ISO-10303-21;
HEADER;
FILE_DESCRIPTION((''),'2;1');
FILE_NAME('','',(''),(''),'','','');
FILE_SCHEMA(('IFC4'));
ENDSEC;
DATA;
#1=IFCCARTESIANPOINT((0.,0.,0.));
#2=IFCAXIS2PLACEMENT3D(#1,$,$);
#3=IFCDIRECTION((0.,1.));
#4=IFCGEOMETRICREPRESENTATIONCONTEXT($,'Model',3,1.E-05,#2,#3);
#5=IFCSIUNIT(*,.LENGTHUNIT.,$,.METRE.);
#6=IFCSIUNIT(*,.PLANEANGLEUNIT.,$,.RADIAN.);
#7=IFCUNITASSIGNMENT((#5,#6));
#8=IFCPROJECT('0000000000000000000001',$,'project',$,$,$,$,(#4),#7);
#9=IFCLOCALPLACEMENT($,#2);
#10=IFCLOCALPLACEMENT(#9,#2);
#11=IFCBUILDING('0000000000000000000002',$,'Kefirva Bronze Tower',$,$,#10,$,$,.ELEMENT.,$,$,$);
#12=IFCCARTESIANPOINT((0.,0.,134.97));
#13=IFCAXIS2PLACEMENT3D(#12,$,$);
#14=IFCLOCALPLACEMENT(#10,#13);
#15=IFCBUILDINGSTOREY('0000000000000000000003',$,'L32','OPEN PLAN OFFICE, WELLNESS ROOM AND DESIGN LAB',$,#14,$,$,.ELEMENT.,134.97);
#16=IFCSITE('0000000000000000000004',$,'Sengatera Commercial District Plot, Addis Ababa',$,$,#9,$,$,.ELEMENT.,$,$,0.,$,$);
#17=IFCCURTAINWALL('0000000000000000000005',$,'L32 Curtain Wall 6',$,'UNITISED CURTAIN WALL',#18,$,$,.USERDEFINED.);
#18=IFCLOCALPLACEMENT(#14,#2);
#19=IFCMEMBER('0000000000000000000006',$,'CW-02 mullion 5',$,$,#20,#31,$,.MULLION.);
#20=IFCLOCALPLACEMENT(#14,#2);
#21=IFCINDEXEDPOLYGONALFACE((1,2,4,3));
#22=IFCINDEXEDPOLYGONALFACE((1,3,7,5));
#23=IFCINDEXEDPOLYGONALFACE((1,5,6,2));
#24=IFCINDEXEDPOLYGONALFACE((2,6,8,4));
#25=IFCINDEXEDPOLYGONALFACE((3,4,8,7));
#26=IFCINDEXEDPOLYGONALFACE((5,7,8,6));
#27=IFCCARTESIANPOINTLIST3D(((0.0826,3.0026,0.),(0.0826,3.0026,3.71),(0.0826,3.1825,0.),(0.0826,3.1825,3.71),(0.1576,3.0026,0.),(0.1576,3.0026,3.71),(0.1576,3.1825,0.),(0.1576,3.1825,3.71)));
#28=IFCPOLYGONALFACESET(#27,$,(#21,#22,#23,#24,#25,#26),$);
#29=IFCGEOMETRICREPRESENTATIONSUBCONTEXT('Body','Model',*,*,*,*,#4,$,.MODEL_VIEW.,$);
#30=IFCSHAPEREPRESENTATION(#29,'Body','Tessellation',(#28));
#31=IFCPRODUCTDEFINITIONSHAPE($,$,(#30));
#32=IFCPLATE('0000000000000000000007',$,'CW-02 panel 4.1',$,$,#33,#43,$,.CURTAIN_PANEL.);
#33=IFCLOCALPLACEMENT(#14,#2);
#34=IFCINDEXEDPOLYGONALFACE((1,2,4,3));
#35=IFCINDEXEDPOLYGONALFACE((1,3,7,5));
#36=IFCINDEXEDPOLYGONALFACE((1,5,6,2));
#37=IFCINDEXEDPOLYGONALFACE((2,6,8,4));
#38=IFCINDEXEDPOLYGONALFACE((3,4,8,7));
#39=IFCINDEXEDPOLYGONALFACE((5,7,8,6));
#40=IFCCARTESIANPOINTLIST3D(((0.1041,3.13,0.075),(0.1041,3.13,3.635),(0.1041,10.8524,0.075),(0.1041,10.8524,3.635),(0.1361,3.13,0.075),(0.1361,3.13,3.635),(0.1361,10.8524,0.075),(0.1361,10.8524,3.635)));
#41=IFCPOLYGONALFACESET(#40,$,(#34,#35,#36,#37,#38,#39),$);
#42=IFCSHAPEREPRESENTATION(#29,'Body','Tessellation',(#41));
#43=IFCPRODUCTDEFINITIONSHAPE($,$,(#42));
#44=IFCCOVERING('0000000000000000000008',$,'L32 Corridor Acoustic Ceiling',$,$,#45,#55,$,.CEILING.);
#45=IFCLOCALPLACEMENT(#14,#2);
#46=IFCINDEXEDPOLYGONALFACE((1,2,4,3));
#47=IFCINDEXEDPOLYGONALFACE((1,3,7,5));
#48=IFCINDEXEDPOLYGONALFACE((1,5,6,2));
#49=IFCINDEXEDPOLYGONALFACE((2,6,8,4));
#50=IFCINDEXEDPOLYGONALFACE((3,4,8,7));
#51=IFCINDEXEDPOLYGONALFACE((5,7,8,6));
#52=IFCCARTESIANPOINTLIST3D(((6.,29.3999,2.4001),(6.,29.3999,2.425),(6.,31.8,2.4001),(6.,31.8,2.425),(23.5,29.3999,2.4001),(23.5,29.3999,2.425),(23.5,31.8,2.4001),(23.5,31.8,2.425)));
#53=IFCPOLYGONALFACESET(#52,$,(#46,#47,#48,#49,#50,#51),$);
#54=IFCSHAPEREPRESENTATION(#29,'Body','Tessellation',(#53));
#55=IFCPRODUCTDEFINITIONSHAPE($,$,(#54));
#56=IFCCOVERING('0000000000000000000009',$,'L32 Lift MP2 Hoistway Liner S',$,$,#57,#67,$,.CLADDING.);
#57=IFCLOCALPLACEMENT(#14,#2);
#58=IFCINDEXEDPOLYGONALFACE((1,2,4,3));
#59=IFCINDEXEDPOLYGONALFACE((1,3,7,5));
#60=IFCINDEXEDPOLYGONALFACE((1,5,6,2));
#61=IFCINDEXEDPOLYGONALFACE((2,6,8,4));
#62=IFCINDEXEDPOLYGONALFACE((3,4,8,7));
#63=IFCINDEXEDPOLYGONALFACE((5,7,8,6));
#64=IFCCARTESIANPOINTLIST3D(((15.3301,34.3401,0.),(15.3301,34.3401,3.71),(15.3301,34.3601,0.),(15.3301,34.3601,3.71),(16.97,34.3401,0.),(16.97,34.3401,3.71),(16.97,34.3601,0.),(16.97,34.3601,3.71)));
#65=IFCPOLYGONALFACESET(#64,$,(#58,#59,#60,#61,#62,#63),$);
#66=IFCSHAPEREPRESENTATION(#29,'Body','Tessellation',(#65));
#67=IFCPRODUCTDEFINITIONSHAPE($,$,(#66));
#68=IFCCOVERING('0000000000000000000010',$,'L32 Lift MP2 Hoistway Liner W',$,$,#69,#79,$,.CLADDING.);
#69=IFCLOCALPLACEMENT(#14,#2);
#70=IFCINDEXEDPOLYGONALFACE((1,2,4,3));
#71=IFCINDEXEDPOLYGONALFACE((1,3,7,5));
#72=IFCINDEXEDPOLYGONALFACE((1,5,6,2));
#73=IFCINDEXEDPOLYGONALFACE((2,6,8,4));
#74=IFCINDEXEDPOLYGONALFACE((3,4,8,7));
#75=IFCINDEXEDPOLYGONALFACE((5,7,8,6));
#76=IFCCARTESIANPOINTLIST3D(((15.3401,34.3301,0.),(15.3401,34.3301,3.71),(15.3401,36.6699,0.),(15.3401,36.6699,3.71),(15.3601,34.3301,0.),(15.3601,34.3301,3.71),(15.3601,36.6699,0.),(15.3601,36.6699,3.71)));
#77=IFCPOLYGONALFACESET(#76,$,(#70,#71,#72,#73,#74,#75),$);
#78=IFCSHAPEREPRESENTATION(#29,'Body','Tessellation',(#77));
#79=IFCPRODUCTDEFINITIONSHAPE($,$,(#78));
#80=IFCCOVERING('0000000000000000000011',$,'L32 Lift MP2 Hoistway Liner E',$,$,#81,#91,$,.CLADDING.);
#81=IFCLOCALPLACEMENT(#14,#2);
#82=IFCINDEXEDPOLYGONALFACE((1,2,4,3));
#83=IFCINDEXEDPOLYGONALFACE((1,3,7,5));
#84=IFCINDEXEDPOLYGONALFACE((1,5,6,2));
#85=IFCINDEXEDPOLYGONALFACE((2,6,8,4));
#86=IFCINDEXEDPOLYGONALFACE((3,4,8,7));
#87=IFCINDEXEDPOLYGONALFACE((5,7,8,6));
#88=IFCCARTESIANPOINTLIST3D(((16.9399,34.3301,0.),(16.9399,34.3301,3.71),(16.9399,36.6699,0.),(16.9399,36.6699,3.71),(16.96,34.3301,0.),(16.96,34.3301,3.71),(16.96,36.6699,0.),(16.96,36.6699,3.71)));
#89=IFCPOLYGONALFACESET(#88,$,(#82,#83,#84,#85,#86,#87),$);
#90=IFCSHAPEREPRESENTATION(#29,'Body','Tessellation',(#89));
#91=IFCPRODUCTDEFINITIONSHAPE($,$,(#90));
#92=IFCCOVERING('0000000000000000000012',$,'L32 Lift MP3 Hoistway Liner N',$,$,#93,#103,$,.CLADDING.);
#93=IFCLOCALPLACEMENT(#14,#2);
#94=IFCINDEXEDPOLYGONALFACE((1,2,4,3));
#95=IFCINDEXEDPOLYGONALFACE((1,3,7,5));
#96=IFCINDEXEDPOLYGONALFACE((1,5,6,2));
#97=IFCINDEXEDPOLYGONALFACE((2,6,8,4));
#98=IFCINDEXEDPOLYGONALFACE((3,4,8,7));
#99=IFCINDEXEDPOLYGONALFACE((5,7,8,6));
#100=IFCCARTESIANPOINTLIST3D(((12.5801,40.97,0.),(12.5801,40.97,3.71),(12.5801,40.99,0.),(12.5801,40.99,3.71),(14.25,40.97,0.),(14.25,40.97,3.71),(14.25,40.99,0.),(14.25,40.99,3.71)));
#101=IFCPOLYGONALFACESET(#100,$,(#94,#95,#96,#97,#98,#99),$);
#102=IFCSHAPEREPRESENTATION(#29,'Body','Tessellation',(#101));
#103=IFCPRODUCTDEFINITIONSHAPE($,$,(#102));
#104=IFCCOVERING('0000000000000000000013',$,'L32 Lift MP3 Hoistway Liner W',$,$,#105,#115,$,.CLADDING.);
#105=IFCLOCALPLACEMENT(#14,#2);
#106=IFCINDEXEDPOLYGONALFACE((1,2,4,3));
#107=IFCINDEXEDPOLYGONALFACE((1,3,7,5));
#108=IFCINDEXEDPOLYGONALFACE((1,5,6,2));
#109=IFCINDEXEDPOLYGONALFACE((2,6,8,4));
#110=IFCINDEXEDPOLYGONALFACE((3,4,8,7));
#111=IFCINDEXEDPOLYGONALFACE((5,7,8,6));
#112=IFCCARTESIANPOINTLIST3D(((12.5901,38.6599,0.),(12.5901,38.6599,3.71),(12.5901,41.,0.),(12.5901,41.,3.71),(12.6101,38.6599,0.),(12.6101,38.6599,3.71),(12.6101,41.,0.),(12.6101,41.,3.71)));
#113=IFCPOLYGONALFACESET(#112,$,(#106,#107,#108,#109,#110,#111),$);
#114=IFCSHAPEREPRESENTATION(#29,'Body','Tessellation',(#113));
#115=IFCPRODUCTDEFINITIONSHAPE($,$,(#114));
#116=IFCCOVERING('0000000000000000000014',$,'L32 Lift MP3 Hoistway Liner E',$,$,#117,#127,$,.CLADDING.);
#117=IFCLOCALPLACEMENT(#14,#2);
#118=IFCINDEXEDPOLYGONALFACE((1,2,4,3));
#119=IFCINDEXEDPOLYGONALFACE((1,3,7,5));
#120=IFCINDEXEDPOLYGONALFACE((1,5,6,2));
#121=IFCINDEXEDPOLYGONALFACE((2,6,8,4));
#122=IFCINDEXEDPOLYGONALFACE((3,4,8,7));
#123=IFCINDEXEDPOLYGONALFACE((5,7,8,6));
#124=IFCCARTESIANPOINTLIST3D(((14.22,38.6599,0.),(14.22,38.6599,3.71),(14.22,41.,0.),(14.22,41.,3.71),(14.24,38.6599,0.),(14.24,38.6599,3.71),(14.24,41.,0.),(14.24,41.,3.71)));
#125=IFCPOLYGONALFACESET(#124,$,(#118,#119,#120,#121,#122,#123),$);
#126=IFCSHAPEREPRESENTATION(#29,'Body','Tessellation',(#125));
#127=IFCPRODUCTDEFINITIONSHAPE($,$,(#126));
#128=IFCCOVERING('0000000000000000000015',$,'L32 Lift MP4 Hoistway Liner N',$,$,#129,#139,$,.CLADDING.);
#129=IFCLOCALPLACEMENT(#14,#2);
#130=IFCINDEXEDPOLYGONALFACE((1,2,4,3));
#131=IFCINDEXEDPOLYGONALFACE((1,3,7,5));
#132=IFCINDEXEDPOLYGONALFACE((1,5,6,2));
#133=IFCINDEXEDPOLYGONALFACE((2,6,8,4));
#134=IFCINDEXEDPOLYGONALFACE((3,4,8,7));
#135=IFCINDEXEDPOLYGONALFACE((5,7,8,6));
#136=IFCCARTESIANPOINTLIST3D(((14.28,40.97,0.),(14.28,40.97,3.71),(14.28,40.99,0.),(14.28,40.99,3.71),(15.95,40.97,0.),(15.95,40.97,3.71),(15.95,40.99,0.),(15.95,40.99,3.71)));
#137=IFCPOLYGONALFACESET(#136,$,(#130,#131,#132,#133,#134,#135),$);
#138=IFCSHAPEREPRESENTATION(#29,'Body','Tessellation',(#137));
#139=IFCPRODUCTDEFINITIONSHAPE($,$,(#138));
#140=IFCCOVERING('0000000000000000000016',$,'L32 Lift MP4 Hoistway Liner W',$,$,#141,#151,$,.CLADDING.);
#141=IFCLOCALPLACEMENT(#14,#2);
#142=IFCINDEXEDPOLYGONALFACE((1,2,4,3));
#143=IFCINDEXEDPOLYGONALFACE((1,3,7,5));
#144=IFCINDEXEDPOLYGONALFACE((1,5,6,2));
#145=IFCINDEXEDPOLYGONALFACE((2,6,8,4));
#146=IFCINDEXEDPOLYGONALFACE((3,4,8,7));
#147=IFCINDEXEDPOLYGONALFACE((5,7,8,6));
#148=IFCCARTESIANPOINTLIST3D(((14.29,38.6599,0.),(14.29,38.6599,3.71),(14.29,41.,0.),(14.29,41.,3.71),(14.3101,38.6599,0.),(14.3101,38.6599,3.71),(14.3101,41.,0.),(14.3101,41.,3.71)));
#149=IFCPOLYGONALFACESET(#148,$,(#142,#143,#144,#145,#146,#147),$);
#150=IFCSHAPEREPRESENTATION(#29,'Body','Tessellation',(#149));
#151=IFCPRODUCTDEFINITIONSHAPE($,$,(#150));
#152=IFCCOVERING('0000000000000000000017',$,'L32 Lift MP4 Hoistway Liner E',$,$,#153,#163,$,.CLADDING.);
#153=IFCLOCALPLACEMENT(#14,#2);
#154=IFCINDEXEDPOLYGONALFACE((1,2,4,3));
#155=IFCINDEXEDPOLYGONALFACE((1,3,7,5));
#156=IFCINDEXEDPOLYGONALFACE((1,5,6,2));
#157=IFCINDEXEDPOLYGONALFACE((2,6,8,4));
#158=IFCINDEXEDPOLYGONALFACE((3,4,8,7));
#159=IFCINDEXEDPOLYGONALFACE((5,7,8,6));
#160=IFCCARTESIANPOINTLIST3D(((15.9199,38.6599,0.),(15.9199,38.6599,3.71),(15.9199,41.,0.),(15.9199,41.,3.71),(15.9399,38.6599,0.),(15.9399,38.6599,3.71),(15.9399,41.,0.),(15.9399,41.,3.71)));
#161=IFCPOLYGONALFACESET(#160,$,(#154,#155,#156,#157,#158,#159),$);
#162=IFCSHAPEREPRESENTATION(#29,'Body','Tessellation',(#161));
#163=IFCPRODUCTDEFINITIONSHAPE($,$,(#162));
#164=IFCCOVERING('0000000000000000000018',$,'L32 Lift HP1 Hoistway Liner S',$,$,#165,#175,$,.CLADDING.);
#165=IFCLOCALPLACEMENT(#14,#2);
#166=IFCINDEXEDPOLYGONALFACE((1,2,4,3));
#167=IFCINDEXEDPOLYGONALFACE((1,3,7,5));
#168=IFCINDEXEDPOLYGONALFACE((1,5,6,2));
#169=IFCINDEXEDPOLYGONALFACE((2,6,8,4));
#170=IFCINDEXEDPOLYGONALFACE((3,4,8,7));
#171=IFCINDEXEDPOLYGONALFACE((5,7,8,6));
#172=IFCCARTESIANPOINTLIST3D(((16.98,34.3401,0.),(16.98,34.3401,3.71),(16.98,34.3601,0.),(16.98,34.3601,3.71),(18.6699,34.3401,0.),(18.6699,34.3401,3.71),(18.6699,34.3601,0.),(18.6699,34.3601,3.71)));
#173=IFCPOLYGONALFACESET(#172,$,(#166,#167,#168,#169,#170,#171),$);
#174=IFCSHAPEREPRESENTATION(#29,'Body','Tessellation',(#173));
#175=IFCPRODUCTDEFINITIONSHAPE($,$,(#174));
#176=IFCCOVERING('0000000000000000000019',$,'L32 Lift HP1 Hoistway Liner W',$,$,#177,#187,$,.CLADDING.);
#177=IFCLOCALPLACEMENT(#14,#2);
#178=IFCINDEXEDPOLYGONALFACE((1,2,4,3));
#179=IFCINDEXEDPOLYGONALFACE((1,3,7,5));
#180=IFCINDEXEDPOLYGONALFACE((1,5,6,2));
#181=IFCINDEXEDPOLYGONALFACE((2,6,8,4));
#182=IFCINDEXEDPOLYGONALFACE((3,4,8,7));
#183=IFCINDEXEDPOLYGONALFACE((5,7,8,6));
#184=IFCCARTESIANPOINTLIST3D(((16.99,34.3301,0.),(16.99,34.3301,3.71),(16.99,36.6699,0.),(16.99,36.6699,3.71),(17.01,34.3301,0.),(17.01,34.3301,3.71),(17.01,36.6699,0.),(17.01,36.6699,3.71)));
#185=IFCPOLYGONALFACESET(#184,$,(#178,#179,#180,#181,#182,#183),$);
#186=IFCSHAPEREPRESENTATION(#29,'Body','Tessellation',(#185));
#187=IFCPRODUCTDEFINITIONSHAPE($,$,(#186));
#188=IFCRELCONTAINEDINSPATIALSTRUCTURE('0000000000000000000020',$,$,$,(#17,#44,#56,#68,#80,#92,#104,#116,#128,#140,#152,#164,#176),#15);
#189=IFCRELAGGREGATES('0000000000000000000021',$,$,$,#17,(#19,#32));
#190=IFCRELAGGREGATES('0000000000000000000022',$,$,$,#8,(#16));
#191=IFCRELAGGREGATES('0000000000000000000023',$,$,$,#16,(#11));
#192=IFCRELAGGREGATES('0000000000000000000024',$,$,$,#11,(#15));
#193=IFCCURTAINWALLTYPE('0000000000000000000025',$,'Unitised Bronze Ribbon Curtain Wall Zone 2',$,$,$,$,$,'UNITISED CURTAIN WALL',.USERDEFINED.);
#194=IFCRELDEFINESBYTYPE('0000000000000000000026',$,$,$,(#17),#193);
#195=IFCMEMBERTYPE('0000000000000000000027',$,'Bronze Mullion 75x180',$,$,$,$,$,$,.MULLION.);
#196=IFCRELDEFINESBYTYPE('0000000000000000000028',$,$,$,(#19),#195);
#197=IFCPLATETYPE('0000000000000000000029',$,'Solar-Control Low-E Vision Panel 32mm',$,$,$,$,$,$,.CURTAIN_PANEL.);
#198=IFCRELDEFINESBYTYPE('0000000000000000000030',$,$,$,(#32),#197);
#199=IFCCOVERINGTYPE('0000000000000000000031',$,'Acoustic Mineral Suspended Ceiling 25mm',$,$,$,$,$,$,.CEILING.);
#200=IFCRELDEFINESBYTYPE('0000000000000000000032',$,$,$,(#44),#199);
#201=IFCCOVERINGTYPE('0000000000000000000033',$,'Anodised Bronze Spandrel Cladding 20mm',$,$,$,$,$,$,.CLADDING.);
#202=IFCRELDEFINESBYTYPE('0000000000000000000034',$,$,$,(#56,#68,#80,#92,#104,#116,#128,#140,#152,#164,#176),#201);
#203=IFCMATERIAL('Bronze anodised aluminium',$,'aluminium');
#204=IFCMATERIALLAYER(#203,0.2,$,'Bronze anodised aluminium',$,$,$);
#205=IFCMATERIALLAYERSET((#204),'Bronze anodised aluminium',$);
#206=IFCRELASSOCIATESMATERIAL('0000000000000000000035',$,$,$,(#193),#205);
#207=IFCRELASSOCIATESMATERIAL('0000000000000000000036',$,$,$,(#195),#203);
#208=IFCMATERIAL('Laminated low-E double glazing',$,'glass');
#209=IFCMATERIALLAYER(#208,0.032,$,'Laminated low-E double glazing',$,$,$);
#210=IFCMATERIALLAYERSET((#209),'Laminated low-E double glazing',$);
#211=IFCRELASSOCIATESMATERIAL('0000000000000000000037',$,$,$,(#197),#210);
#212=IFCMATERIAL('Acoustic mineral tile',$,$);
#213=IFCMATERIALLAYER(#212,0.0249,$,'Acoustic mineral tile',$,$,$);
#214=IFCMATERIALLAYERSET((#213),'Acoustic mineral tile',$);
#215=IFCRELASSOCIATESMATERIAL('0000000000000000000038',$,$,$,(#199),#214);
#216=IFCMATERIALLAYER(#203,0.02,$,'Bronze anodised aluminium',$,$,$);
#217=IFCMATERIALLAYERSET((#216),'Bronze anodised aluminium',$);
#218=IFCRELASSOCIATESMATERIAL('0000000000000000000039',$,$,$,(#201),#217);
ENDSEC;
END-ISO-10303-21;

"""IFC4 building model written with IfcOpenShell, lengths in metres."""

from ifc_helpers import new_model, si_unit, direction, frame, origin, origin_2d, place, context, subcontext, project, spatial, polyline, rectangle, outline, extrude, material, layer, layer_set, material_profile, profile_set, type_object, element, aggregate, save


model = new_model("IFC4")

# Units and contexts
model_context = context("Model", 3, precision=1e-05, world=origin(), true_north=direction((0.0, 1.0)))
body_context = subcontext(model_context, "Body", "Model", "MODEL_VIEW")
ifc_project = project(units=[si_unit("LENGTHUNIT", "METRE"), si_unit("PLANEANGLEUNIT", "RADIAN")], contexts=[model_context])

# Site, building, storey
site_placement = place(None, origin())
site = spatial("IfcSite", under=ifc_project, at=site_placement, Name="Sengatera Commercial District Plot, Addis Ababa", CompositionType="ELEMENT", RefElevation=0.0)
building_placement = place(site_placement, origin())
building = spatial("IfcBuilding", under=site, at=building_placement, Name="Kefirva Bronze Tower", CompositionType="ELEMENT")
storey_placement = place(building_placement, frame((0.0, 0.0, 134.97)))
storey = spatial("IfcBuildingStorey", under=building, at=storey_placement, Name="L32", Description="OPEN PLAN OFFICE, WELLNESS ROOM AND DESIGN LAB", CompositionType="ELEMENT", Elevation=134.97)

# Curtain wall, member, plate
ifc_material_1 = material(Name="Bronze anodised aluminium", Category="aluminium")
ifc_layer_1 = layer(ifc_material_1, 0.2, Name="Bronze anodised aluminium")
ifc_layer_set_1 = layer_set([ifc_layer_1], Name="Bronze anodised aluminium")
curtain_wall_type = type_object("IfcCurtainWallType", Name="Unitised Bronze Ribbon Curtain Wall Zone 2", ElementType="UNITISED CURTAIN WALL", PredefinedType="USERDEFINED", material=ifc_layer_set_1)
curtain_wall_placement = place(storey_placement, origin())
curtain_wall = element("IfcCurtainWall", 1, at=curtain_wall_placement, inside=storey, type_object=curtain_wall_type, Name="L32 Curtain Wall 6", ObjectType="UNITISED CURTAIN WALL", PredefinedType="USERDEFINED")
ifc_material_profile = material_profile(ifc_material_1, rectangle(XDim=0.075, YDim=0.1799, at=origin_2d()), Name="ALU 75x180")
ifc_profile_set = profile_set([ifc_material_profile], Name="Bronze anodised aluminium")
member_type = type_object("IfcMemberType", Name="Bronze Mullion 75x180", PredefinedType="MULLION", material=ifc_profile_set)
member_placement = place(storey_placement, frame((0.1201, 3.0925, 0.0), z_axis=(0.0, 0.0, 1.0), x_axis=(1.0, 0.0, 0.0)))
member = element("IfcMember", 2, at=member_placement, type_object=member_type, Name="CW-02 mullion 5", PredefinedType="MULLION", context=body_context, shape_type="SweptSolid", body=[
    extrude(rectangle(XDim=0.075, YDim=0.1799, at=origin_2d()), origin(), (0.0, 0.0, 1.0), 3.71),
])
ifc_material_2 = material(Name="Laminated low-E double glazing", Category="glass")
ifc_layer_2 = layer(ifc_material_2, 0.032, Name="Laminated low-E double glazing")
ifc_layer_set_2 = layer_set([ifc_layer_2], Name="Laminated low-E double glazing")
plate_type = type_object("IfcPlateType", Name="Solar-Control Low-E Vision Panel 32mm", PredefinedType="CURTAIN_PANEL", material=ifc_layer_set_2)
plate_placement = place(storey_placement, frame((0.1201, 6.9912, 0.075), z_axis=(0.0, 0.0, 1.0), x_axis=(0.0, -1.0, 0.0)))
plate = element("IfcPlate", 3, at=plate_placement, type_object=plate_type, Name="CW-02 panel 4.1", PredefinedType="CURTAIN_PANEL", context=body_context, shape_type="SweptSolid", body=[
    extrude(rectangle(XDim=7.7224, YDim=0.032, at=origin_2d()), origin(), (0.0, 0.0, 1.0), 3.5601),
])
aggregate(curtain_wall, [member, plate])

# Coverings
ifc_material_3 = material(Name="Acoustic mineral tile")
ifc_layer_3 = layer(ifc_material_3, 0.0249, Name="Acoustic mineral tile")
ifc_layer_set_3 = layer_set([ifc_layer_3], Name="Acoustic mineral tile")
covering_type_1 = type_object("IfcCoveringType", Name="Acoustic Mineral Suspended Ceiling 25mm", PredefinedType="CEILING", material=ifc_layer_set_3)
covering_1_placement = place(storey_placement, frame((0.0, 0.0, 2.4001)))
element("IfcCovering", 4, at=covering_1_placement, inside=storey, type_object=covering_type_1, Name="L32 Corridor Acoustic Ceiling", PredefinedType="CEILING", context=body_context, shape_type="SweptSolid", body=[
    extrude(outline(polyline([(6.0, 29.3999), (23.5, 29.3999), (23.5, 31.8), (6.0, 31.8), (6.0, 29.3999)])), origin(), (0.0, 0.0, 1.0), 0.0249),
])
ifc_layer_4 = layer(ifc_material_1, 0.02, Name="Bronze anodised aluminium")
ifc_layer_set_4 = layer_set([ifc_layer_4], Name="Bronze anodised aluminium")
covering_type_2 = type_object("IfcCoveringType", Name="Anodised Bronze Spandrel Cladding 20mm", PredefinedType="CLADDING", material=ifc_layer_set_4)
covering_2_placement = place(storey_placement, origin())
element("IfcCovering", 5, at=covering_2_placement, inside=storey, type_object=covering_type_2, Name="L32 Lift MP2 Hoistway Liner S", PredefinedType="CLADDING", context=body_context, shape_type="SweptSolid", body=[
    extrude(outline(polyline([(15.3301, 34.3401), (16.97, 34.3401), (16.97, 34.3601), (15.3301, 34.3601), (15.3301, 34.3401)])), origin(), (0.0, 0.0, 1.0), 3.71),
])
covering_3_placement = place(storey_placement, origin())
element("IfcCovering", 6, at=covering_3_placement, inside=storey, type_object=covering_type_2, Name="L32 Lift MP2 Hoistway Liner W", PredefinedType="CLADDING", context=body_context, shape_type="SweptSolid", body=[
    extrude(outline(polyline([(15.3401, 34.3301), (15.3601, 34.3301), (15.3601, 36.6699), (15.3401, 36.6699), (15.3401, 34.3301)])), origin(), (0.0, 0.0, 1.0), 3.71),
])
covering_4_placement = place(storey_placement, origin())
element("IfcCovering", 7, at=covering_4_placement, inside=storey, type_object=covering_type_2, Name="L32 Lift MP2 Hoistway Liner E", PredefinedType="CLADDING", context=body_context, shape_type="SweptSolid", body=[
    extrude(outline(polyline([(16.9399, 34.3301), (16.96, 34.3301), (16.96, 36.6699), (16.9399, 36.6699), (16.9399, 34.3301)])), origin(), (0.0, 0.0, 1.0), 3.71),
])
covering_5_placement = place(storey_placement, origin())
element("IfcCovering", 8, at=covering_5_placement, inside=storey, type_object=covering_type_2, Name="L32 Lift MP3 Hoistway Liner N", PredefinedType="CLADDING", context=body_context, shape_type="SweptSolid", body=[
    extrude(outline(polyline([(12.5801, 40.97), (14.25, 40.97), (14.25, 40.99), (12.5801, 40.99), (12.5801, 40.97)])), origin(), (0.0, 0.0, 1.0), 3.71),
])
covering_6_placement = place(storey_placement, origin())
element("IfcCovering", 9, at=covering_6_placement, inside=storey, type_object=covering_type_2, Name="L32 Lift MP3 Hoistway Liner W", PredefinedType="CLADDING", context=body_context, shape_type="SweptSolid", body=[
    extrude(outline(polyline([(12.5901, 38.6599), (12.6101, 38.6599), (12.6101, 41.0), (12.5901, 41.0), (12.5901, 38.6599)])), origin(), (0.0, 0.0, 1.0), 3.71),
])
covering_7_placement = place(storey_placement, origin())
element("IfcCovering", 10, at=covering_7_placement, inside=storey, type_object=covering_type_2, Name="L32 Lift MP3 Hoistway Liner E", PredefinedType="CLADDING", context=body_context, shape_type="SweptSolid", body=[
    extrude(outline(polyline([(14.22, 38.6599), (14.24, 38.6599), (14.24, 41.0), (14.22, 41.0), (14.22, 38.6599)])), origin(), (0.0, 0.0, 1.0), 3.71),
])
covering_8_placement = place(storey_placement, origin())
element("IfcCovering", 11, at=covering_8_placement, inside=storey, type_object=covering_type_2, Name="L32 Lift MP4 Hoistway Liner N", PredefinedType="CLADDING", context=body_context, shape_type="SweptSolid", body=[
    extrude(outline(polyline([(14.28, 40.97), (15.95, 40.97), (15.95, 40.99), (14.28, 40.99), (14.28, 40.97)])), origin(), (0.0, 0.0, 1.0), 3.71),
])
covering_9_placement = place(storey_placement, origin())
element("IfcCovering", 12, at=covering_9_placement, inside=storey, type_object=covering_type_2, Name="L32 Lift MP4 Hoistway Liner W", PredefinedType="CLADDING", context=body_context, shape_type="SweptSolid", body=[
    extrude(outline(polyline([(14.29, 38.6599), (14.3101, 38.6599), (14.3101, 41.0), (14.29, 41.0), (14.29, 38.6599)])), origin(), (0.0, 0.0, 1.0), 3.71),
])
covering_10_placement = place(storey_placement, origin())
element("IfcCovering", 13, at=covering_10_placement, inside=storey, type_object=covering_type_2, Name="L32 Lift MP4 Hoistway Liner E", PredefinedType="CLADDING", context=body_context, shape_type="SweptSolid", body=[
    extrude(outline(polyline([(15.9199, 38.6599), (15.9399, 38.6599), (15.9399, 41.0), (15.9199, 41.0), (15.9199, 38.6599)])), origin(), (0.0, 0.0, 1.0), 3.71),
])
covering_11_placement = place(storey_placement, origin())
element("IfcCovering", 14, at=covering_11_placement, inside=storey, type_object=covering_type_2, Name="L32 Lift HP1 Hoistway Liner S", PredefinedType="CLADDING", context=body_context, shape_type="SweptSolid", body=[
    extrude(outline(polyline([(16.98, 34.3401), (18.6699, 34.3401), (18.6699, 34.3601), (16.98, 34.3601), (16.98, 34.3401)])), origin(), (0.0, 0.0, 1.0), 3.71),
])
covering_12_placement = place(storey_placement, origin())
element("IfcCovering", 15, at=covering_12_placement, inside=storey, type_object=covering_type_2, Name="L32 Lift HP1 Hoistway Liner W", PredefinedType="CLADDING", context=body_context, shape_type="SweptSolid", body=[
    extrude(outline(polyline([(16.99, 34.3301), (17.01, 34.3301), (17.01, 36.6699), (16.99, 36.6699), (16.99, 34.3301)])), origin(), (0.0, 0.0, 1.0), 3.71),
])

save(model, "model.ifc")
